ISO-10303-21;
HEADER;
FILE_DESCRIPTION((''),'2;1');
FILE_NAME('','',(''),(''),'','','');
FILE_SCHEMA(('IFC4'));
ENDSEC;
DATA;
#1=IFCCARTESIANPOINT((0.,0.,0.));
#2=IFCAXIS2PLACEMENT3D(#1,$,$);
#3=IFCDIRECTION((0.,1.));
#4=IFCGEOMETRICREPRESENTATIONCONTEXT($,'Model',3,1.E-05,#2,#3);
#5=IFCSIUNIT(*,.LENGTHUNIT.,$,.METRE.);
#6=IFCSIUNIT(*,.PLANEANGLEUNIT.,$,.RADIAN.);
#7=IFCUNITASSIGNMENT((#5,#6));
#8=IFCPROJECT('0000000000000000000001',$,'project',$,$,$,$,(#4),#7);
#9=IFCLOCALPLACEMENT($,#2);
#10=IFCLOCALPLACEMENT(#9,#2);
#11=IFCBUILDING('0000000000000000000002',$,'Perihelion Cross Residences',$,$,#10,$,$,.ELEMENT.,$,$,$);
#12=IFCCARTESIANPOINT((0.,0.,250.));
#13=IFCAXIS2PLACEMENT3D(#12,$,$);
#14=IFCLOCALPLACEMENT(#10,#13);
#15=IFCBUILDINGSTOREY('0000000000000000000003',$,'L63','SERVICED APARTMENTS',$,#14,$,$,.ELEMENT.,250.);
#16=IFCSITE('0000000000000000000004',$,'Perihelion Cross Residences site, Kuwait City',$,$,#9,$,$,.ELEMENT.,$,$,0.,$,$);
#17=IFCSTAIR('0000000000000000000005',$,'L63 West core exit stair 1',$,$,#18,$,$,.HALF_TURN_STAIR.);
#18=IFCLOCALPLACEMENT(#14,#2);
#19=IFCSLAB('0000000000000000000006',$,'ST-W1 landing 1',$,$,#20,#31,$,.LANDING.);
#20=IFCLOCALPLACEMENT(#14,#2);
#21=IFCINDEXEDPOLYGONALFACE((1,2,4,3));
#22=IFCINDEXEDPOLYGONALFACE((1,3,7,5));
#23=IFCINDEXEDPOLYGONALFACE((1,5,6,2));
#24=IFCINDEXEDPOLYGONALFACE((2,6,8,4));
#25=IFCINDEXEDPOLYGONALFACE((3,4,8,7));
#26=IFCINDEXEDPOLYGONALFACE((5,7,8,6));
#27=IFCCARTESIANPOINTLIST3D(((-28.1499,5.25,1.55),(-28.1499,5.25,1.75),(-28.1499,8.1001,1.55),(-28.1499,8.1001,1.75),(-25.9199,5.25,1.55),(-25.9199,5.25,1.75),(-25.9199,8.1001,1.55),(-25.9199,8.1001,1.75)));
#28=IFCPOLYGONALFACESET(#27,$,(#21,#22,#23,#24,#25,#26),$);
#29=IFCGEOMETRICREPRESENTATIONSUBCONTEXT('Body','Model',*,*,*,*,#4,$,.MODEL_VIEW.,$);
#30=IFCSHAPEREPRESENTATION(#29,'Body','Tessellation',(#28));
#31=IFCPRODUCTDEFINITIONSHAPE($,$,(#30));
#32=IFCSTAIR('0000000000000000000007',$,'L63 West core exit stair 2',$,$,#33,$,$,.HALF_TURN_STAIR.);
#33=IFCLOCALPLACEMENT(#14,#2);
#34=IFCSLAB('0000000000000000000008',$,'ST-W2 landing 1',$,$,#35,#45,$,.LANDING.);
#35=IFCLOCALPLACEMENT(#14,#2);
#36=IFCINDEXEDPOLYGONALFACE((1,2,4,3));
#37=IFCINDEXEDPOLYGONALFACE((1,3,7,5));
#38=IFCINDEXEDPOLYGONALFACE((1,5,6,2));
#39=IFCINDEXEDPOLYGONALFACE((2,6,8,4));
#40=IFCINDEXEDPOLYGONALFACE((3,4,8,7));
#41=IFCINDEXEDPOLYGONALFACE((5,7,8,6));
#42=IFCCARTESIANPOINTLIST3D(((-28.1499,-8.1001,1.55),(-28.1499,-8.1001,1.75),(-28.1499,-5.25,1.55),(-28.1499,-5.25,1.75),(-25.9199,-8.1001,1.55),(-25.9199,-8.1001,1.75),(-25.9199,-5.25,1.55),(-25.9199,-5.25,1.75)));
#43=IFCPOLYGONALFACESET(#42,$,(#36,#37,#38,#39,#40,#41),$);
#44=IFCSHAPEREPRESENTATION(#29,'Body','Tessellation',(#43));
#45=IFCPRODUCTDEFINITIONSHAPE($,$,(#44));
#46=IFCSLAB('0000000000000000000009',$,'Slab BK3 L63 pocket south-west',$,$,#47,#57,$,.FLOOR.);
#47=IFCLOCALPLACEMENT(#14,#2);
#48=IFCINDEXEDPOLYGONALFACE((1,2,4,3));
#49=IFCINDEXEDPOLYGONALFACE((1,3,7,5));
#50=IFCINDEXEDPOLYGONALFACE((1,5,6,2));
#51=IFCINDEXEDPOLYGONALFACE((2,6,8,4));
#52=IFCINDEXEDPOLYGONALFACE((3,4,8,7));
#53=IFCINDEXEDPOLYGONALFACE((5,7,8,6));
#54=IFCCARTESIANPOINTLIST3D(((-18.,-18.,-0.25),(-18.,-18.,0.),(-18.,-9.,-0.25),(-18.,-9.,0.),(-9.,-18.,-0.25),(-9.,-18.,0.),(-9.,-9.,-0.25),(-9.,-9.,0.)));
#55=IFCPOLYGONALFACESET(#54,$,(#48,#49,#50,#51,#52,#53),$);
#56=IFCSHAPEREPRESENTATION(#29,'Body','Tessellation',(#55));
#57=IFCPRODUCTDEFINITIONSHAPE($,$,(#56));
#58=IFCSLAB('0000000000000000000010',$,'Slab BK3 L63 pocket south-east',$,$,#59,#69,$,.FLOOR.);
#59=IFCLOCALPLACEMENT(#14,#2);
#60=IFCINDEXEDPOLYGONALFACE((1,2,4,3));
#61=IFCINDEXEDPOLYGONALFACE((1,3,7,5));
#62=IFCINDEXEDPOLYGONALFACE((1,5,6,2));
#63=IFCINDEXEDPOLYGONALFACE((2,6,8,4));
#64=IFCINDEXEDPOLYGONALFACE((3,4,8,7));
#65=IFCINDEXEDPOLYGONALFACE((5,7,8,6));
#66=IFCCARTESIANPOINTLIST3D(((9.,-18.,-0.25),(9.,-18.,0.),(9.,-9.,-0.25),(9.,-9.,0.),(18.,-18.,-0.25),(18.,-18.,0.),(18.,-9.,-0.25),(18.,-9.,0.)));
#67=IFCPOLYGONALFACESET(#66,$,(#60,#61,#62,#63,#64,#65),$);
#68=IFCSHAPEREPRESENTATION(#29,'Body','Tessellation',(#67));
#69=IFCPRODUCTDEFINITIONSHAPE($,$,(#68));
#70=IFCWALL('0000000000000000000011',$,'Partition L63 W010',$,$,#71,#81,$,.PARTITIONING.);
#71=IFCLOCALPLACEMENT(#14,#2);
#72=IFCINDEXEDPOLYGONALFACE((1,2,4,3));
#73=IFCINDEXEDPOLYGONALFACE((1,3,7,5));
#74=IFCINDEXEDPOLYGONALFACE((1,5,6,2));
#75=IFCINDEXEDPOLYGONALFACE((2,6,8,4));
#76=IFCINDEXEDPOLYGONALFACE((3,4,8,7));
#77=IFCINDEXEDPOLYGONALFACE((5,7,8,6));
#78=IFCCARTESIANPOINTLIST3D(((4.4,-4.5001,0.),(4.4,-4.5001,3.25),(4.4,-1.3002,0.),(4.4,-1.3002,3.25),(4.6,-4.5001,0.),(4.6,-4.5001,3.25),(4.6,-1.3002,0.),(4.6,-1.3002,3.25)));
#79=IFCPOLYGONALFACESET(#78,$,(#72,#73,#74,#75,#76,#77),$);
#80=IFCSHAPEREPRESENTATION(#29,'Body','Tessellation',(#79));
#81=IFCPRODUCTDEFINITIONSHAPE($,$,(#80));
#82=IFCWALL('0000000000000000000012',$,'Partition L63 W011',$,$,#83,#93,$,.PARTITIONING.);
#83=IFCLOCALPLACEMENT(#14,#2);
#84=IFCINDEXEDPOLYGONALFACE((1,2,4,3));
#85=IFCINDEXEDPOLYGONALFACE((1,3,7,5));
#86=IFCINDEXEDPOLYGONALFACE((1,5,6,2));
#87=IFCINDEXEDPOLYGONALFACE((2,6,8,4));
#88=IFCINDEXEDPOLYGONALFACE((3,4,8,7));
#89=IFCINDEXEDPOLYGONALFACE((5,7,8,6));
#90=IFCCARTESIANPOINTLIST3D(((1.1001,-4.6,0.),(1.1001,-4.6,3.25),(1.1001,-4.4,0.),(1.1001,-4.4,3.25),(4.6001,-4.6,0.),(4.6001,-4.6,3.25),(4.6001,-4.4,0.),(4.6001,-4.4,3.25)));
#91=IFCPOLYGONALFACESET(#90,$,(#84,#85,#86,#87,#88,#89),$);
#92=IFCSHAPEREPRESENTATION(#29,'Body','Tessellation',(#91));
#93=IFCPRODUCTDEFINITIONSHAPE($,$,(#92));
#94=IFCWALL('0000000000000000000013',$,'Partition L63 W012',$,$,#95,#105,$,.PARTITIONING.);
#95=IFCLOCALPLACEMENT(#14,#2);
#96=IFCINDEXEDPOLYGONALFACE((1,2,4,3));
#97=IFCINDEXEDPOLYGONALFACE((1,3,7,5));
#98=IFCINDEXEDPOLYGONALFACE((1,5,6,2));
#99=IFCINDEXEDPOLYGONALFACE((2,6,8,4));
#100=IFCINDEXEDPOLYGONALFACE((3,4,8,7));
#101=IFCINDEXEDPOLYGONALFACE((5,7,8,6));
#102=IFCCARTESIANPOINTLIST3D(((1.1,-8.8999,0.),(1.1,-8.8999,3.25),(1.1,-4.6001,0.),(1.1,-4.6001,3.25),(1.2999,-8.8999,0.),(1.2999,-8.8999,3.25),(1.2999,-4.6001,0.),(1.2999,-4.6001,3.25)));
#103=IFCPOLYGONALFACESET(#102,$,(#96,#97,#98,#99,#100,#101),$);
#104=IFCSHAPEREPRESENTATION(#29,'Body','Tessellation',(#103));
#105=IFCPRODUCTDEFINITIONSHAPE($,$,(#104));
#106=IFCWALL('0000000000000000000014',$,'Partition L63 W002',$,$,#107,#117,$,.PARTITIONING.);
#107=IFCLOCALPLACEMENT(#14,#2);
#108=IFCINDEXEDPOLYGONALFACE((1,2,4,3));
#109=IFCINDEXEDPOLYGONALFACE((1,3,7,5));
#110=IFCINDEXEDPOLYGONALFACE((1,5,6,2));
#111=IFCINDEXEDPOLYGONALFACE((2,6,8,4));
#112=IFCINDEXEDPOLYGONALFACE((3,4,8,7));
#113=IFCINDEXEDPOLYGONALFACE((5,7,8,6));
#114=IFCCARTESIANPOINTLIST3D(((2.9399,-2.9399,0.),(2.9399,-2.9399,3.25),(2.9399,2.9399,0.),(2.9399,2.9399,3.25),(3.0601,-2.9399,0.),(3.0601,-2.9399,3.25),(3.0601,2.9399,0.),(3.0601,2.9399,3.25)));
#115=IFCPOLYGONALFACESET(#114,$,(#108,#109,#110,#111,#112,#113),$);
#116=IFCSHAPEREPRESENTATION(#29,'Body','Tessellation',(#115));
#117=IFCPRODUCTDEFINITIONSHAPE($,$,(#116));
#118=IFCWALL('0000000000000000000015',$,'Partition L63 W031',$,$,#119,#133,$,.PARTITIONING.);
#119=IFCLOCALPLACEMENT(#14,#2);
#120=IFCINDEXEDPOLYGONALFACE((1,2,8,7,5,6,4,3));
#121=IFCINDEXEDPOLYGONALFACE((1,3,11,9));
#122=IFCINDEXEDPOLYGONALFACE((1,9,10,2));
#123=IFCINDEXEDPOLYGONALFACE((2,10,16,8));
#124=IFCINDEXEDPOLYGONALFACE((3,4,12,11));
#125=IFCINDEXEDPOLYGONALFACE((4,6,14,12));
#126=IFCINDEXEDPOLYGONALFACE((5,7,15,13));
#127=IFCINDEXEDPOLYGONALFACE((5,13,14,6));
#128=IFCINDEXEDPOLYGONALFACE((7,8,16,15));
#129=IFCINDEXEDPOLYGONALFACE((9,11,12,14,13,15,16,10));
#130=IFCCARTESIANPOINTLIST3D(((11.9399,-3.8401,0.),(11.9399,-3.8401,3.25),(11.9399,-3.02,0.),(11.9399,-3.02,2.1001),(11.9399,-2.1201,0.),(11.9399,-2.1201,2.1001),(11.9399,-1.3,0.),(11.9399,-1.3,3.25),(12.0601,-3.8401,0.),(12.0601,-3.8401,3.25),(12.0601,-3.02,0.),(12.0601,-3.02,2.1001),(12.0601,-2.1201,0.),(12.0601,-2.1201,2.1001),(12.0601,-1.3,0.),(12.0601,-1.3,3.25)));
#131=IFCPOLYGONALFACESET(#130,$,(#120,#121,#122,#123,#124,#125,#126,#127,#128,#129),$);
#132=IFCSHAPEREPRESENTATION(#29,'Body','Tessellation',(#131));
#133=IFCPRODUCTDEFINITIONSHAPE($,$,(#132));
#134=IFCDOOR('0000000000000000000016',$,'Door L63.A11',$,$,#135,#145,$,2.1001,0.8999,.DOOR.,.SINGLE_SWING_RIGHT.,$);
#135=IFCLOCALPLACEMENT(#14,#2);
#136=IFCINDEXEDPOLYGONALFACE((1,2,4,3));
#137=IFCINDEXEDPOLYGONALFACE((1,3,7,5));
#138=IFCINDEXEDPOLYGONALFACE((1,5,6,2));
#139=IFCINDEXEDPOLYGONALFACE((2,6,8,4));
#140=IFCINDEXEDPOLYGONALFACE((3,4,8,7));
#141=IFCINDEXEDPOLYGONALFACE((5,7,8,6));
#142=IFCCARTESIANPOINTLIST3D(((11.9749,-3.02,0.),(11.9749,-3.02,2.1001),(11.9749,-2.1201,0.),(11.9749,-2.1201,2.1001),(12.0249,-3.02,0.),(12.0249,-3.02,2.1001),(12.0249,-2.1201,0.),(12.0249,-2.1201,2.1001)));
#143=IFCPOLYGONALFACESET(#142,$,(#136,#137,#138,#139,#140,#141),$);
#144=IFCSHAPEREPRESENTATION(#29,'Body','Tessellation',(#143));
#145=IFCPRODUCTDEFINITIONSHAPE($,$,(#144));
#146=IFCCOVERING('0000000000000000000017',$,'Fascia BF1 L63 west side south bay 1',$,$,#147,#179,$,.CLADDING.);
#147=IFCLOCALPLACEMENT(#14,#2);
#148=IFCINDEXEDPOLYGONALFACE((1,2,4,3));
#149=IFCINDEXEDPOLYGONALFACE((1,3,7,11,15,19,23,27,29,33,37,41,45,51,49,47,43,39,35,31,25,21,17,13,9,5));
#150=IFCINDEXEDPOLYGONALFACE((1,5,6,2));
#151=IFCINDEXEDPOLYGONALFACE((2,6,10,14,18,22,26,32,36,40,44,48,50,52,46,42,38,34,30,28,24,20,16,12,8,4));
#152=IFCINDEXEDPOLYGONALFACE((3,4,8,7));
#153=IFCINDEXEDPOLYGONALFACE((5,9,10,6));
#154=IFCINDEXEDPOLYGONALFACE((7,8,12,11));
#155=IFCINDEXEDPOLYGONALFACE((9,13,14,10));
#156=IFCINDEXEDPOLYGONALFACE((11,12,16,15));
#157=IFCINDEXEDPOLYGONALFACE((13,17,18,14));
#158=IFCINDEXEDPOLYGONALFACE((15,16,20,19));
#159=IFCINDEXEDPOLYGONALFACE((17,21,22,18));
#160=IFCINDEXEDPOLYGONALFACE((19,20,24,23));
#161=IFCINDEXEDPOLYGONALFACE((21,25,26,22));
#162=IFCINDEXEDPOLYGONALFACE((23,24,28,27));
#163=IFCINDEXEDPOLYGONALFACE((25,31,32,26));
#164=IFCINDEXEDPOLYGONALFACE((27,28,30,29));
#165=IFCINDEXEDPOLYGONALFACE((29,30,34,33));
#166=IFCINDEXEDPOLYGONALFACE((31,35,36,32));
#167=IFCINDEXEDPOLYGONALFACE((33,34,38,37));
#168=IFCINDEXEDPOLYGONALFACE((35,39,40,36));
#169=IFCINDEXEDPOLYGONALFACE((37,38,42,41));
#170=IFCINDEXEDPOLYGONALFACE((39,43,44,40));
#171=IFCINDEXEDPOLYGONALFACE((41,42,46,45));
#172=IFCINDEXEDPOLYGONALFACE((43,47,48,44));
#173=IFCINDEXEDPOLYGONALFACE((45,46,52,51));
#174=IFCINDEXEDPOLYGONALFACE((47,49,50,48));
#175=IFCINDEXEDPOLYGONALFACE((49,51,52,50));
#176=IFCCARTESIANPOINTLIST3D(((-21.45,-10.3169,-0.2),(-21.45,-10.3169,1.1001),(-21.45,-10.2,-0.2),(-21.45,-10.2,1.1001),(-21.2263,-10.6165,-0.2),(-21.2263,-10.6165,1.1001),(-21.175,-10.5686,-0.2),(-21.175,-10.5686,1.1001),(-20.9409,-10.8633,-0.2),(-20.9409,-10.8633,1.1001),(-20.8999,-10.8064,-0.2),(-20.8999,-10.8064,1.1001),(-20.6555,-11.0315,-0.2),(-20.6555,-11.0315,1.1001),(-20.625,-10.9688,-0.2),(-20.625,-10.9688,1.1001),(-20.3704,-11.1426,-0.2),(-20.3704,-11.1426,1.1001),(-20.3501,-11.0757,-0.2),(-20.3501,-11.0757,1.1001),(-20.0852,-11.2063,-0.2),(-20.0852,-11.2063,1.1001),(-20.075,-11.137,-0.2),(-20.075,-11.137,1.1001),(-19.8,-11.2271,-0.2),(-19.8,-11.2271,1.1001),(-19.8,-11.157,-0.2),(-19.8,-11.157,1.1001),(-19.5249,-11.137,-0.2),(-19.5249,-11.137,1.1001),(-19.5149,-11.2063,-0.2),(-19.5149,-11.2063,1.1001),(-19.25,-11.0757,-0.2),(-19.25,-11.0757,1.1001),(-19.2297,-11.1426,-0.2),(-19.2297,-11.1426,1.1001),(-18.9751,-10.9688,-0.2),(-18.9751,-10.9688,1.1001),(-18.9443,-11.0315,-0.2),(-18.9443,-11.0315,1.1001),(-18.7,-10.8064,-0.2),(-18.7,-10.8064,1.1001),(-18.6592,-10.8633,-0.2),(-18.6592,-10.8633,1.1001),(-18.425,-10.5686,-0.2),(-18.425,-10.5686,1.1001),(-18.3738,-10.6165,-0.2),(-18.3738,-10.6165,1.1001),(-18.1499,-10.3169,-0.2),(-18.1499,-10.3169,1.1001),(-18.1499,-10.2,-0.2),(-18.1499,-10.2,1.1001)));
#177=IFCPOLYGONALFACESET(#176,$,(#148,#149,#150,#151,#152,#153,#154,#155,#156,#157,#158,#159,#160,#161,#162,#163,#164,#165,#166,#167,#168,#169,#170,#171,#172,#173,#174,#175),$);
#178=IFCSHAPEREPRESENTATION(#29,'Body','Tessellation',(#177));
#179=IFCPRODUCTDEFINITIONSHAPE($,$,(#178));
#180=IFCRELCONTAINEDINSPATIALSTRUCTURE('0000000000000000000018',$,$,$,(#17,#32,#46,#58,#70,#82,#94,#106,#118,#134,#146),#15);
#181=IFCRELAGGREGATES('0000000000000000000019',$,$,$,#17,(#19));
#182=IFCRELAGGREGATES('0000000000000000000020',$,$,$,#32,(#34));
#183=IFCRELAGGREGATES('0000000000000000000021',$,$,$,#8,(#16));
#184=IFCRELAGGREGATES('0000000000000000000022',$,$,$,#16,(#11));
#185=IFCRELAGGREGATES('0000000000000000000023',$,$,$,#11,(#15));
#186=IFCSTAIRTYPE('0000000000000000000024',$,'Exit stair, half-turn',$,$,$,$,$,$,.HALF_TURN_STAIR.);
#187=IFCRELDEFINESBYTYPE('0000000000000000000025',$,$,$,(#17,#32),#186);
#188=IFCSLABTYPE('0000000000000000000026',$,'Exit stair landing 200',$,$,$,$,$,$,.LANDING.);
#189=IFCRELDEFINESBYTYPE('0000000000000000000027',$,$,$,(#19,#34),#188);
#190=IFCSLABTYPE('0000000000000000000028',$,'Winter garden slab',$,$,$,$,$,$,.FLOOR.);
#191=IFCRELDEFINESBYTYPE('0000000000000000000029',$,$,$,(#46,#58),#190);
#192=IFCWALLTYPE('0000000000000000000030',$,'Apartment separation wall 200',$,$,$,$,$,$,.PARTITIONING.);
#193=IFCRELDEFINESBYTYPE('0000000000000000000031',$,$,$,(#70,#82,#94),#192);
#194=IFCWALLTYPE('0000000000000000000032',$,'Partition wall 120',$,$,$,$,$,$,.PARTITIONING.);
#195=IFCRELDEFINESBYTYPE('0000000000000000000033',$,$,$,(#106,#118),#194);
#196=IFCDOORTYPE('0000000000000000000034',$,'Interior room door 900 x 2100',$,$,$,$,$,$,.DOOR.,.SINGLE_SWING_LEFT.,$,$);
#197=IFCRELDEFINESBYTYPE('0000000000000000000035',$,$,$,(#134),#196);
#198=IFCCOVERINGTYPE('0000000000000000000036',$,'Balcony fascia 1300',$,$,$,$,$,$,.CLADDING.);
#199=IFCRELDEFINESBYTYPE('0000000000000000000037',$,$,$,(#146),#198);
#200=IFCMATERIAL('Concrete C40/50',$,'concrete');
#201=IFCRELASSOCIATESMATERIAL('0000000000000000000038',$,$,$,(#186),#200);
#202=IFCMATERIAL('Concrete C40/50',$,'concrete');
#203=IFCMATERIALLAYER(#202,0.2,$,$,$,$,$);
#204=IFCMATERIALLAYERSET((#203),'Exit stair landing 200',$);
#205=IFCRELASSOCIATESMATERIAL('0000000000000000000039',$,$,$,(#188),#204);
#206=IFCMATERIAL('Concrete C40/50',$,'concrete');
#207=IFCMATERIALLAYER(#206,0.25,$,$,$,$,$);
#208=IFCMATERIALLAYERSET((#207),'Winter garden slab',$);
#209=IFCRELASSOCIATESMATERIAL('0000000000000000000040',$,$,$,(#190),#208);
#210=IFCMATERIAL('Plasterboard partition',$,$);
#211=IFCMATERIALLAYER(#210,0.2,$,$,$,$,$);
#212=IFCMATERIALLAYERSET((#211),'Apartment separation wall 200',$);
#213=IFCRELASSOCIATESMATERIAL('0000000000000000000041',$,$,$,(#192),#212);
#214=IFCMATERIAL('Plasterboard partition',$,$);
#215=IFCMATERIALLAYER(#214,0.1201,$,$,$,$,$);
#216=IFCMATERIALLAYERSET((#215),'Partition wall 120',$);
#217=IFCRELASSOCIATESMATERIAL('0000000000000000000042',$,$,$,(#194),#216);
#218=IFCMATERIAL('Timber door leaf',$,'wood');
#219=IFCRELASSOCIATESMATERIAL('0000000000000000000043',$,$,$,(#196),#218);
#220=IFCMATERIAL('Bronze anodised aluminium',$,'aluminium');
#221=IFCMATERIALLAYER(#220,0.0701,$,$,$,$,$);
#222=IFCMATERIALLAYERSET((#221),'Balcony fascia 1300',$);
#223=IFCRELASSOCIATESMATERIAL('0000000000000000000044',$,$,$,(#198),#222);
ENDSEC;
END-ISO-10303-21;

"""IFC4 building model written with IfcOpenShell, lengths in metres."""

from ifc_helpers import new_model, si_unit, direction, frame, frame_2d, origin, place, context, subcontext, project, spatial, polyline, rectangle, outline, extrude, material, layer, layer_set, type_object, element, fill, aggregate, save


model = new_model("IFC4")

# Units and contexts
model_context = context("Model", 3, precision=1e-05, world=origin(), true_north=direction((0.0, 1.0)))
body_context = subcontext(model_context, "Body", "Model", "MODEL_VIEW")
ifc_project = project(units=[si_unit("LENGTHUNIT", "METRE"), si_unit("PLANEANGLEUNIT", "RADIAN")], contexts=[model_context])

# Site, building, storey
site_placement = place(None, origin())
site = spatial("IfcSite", under=ifc_project, at=site_placement, Name="Perihelion Cross Residences site, Kuwait City", CompositionType="ELEMENT", RefElevation=0.0)
building_placement = place(site_placement, origin())
building = spatial("IfcBuilding", under=site, at=building_placement, Name="Perihelion Cross Residences", CompositionType="ELEMENT")
storey_placement = place(building_placement, frame((0.0, 0.0, 250.0)))
storey = spatial("IfcBuildingStorey", under=building, at=storey_placement, Name="L63", Description="SERVICED APARTMENTS", CompositionType="ELEMENT", Elevation=250.0)

# Stairs, slabs
ifc_material_1 = material(Name="Concrete C40/50", Category="concrete")
stair_type = type_object("IfcStairType", Name="Exit stair, half-turn", PredefinedType="HALF_TURN_STAIR", material=ifc_material_1)
ifc_material_2 = material(Name="Concrete C40/50", Category="concrete")
ifc_layer_1 = layer(ifc_material_2, 0.2)
ifc_layer_set_1 = layer_set([ifc_layer_1], Name="Exit stair landing 200")
slab_type_1 = type_object("IfcSlabType", Name="Exit stair landing 200", PredefinedType="LANDING", material=ifc_layer_set_1)
stair_1_placement = place(storey_placement, origin())
stair_1 = element("IfcStair", 1, at=stair_1_placement, inside=storey, type_object=stair_type, Name="L63 West core exit stair 1", PredefinedType="HALF_TURN_STAIR")
slab_1_placement = place(storey_placement, frame((0.0, 0.0, 1.55)))
slab_1 = element("IfcSlab", 2, at=slab_1_placement, type_object=slab_type_1, Name="ST-W1 landing 1", PredefinedType="LANDING", context=body_context, shape_type="SweptSolid", body=[
    extrude(outline(polyline([(-25.9199, 8.1001), (-28.1499, 8.1001), (-28.1499, 5.25), (-25.9199, 5.25), (-25.9199, 8.1001)])), origin(), (0.0, 0.0, 1.0), 0.2),
])
aggregate(stair_1, [slab_1])
stair_2_placement = place(storey_placement, origin())
stair_2 = element("IfcStair", 3, at=stair_2_placement, inside=storey, type_object=stair_type, Name="L63 West core exit stair 2", PredefinedType="HALF_TURN_STAIR")
slab_2_placement = place(storey_placement, frame((0.0, 0.0, 1.55)))
slab_2 = element("IfcSlab", 4, at=slab_2_placement, type_object=slab_type_1, Name="ST-W2 landing 1", PredefinedType="LANDING", context=body_context, shape_type="SweptSolid", body=[
    extrude(outline(polyline([(-25.9199, -5.25), (-28.1499, -5.25), (-28.1499, -8.1001), (-25.9199, -8.1001), (-25.9199, -5.25)])), origin(), (0.0, 0.0, 1.0), 0.2),
])
aggregate(stair_2, [slab_2])

# Slabs
ifc_material_3 = material(Name="Concrete C40/50", Category="concrete")
ifc_layer_2 = layer(ifc_material_3, 0.25)
ifc_layer_set_2 = layer_set([ifc_layer_2], Name="Winter garden slab")
slab_type_2 = type_object("IfcSlabType", Name="Winter garden slab", PredefinedType="FLOOR", material=ifc_layer_set_2)
slab_3_placement = place(storey_placement, frame((0.0, 0.0, -0.25)))
element("IfcSlab", 5, at=slab_3_placement, inside=storey, type_object=slab_type_2, Name="Slab BK3 L63 pocket south-west", PredefinedType="FLOOR", context=body_context, shape_type="SweptSolid", body=[
    extrude(outline(polyline([(-9.0, -18.0), (-9.0, -9.0), (-18.0, -9.0), (-18.0, -18.0), (-9.0, -18.0)])), origin(), (0.0, 0.0, 1.0), 0.25),
])
slab_4_placement = place(storey_placement, frame((0.0, 0.0, -0.25)))
element("IfcSlab", 6, at=slab_4_placement, inside=storey, type_object=slab_type_2, Name="Slab BK3 L63 pocket south-east", PredefinedType="FLOOR", context=body_context, shape_type="SweptSolid", body=[
    extrude(outline(polyline([(18.0, -18.0), (18.0, -9.0), (9.0, -9.0), (9.0, -18.0), (18.0, -18.0)])), origin(), (0.0, 0.0, 1.0), 0.25),
])

# Walls
ifc_material_4 = material(Name="Plasterboard partition")
ifc_layer_3 = layer(ifc_material_4, 0.2)
ifc_layer_set_3 = layer_set([ifc_layer_3], Name="Apartment separation wall 200")
wall_type_1 = type_object("IfcWallType", Name="Apartment separation wall 200", PredefinedType="PARTITIONING", material=ifc_layer_set_3)
wall_1_placement = place(storey_placement, frame((4.5, -1.3, 0.0), z_axis=(0.0, 0.0, 1.0), x_axis=(0.0, -1.0, 0.0)))
element("IfcWall", 7, at=wall_1_placement, inside=storey, type_object=wall_type_1, Name="Partition L63 W010", PredefinedType="PARTITIONING", context=body_context, shape_type="SweptSolid", body=[
    extrude(rectangle(XDim=3.2, YDim=0.2, at=frame_2d((1.6001, 0.0))), origin(), (0.0, 0.0, 1.0), 3.25),
])
wall_2_placement = place(storey_placement, frame((4.6001, -4.5, 0.0), z_axis=(0.0, 0.0, 1.0), x_axis=(-1.0, 0.0, 0.0)))
element("IfcWall", 8, at=wall_2_placement, inside=storey, type_object=wall_type_1, Name="Partition L63 W011", PredefinedType="PARTITIONING", context=body_context, shape_type="SweptSolid", body=[
    extrude(rectangle(XDim=3.5, YDim=0.2, at=frame_2d((1.75, 0.0))), origin(), (0.0, 0.0, 1.0), 3.25),
])
wall_3_placement = place(storey_placement, frame((1.2, -4.6001, 0.0), z_axis=(0.0, 0.0, 1.0), x_axis=(0.0, -1.0, 0.0)))
element("IfcWall", 9, at=wall_3_placement, inside=storey, type_object=wall_type_1, Name="Partition L63 W012", PredefinedType="PARTITIONING", context=body_context, shape_type="SweptSolid", body=[
    extrude(rectangle(XDim=4.2998, YDim=0.2, at=frame_2d((2.1499, 0.0))), origin(), (0.0, 0.0, 1.0), 3.25),
])
ifc_material_5 = material(Name="Plasterboard partition")
ifc_layer_4 = layer(ifc_material_5, 0.1201)
ifc_layer_set_4 = layer_set([ifc_layer_4], Name="Partition wall 120")
wall_type_2 = type_object("IfcWallType", Name="Partition wall 120", PredefinedType="PARTITIONING", material=ifc_layer_set_4)
wall_4_placement = place(storey_placement, frame((3.0, -2.9399, 0.0), z_axis=(0.0, 0.0, 1.0), x_axis=(0.0, 1.0, 0.0)))
element("IfcWall", 10, at=wall_4_placement, inside=storey, type_object=wall_type_2, Name="Partition L63 W002", PredefinedType="PARTITIONING", context=body_context, shape_type="SweptSolid", body=[
    extrude(rectangle(XDim=5.8799, YDim=0.1201, at=frame_2d((2.9399, 0.0))), origin(), (0.0, 0.0, 1.0), 3.25),
])

# Wall, opening, door
wall_5_placement = place(storey_placement, frame((12.0, -1.3, 0.0), z_axis=(0.0, 0.0, 1.0), x_axis=(0.0, -1.0, 0.0)))
wall_5 = element("IfcWall", 11, at=wall_5_placement, inside=storey, type_object=wall_type_2, Name="Partition L63 W031", PredefinedType="PARTITIONING", context=body_context, shape_type="SweptSolid", body=[
    extrude(rectangle(XDim=2.54, YDim=0.1201, at=frame_2d((1.27, 0.0))), origin(), (0.0, 0.0, 1.0), 3.25),
])
opening_placement = place(wall_5_placement, frame((0.8201, 0.0, 0.0)))
opening = element("IfcOpeningElement", 12, at=opening_placement, cuts=wall_5, PredefinedType="OPENING", context=body_context, shape_type="SweptSolid", body=[
    extrude(rectangle(XDim=0.8999, YDim=2.1001, at=frame_2d((0.45, 1.05))), frame((0.0, 0.0701, 0.0), z_axis=(0.0, -1.0, 0.0), x_axis=(1.0, 0.0, 0.0)), (0.0, 0.0, 1.0), 0.1401),
])
ifc_material_6 = material(Name="Timber door leaf", Category="wood")
door_type = type_object("IfcDoorType", Name="Interior room door 900 x 2100", OperationType="SINGLE_SWING_LEFT", PredefinedType="DOOR", material=ifc_material_6)
door_placement = place(opening_placement, origin())
door = element("IfcDoor", 13, at=door_placement, inside=storey, type_object=door_type, Name="Door L63.A11", OperationType="SINGLE_SWING_RIGHT", OverallHeight=2.1001, OverallWidth=0.8999, PredefinedType="DOOR", context=body_context, shape_type="SweptSolid", body=[
    extrude(rectangle(XDim=0.8999, YDim=2.1001, at=frame_2d((0.45, 1.05))), frame((0.0, 0.0249, 0.0), z_axis=(0.0, -1.0, 0.0), x_axis=(1.0, 0.0, 0.0)), (0.0, 0.0, 1.0), 0.05),
])
fill(opening, door)

# Covering
ifc_material_7 = material(Name="Bronze anodised aluminium", Category="aluminium")
ifc_layer_5 = layer(ifc_material_7, 0.0701)
ifc_layer_set_5 = layer_set([ifc_layer_5], Name="Balcony fascia 1300")
covering_type = type_object("IfcCoveringType", Name="Balcony fascia 1300", PredefinedType="CLADDING", material=ifc_layer_set_5)
covering_1_placement = place(storey_placement, frame((0.0, 0.0, -0.2)))
element("IfcCovering", 14, at=covering_1_placement, inside=storey, type_object=covering_type, Name="Fascia BF1 L63 west side south bay 1", PredefinedType="CLADDING", context=body_context, shape_type="SweptSolid", body=[
    extrude(outline(polyline([(-21.2263, -10.6165), (-20.9409, -10.8633), (-20.6555, -11.0315), (-20.3704, -11.1426), (-20.0852, -11.2063), (-19.8, -11.2271), (-19.5149, -11.2063), (-19.2297, -11.1426), (-18.9443, -11.0315), (-18.6592, -10.8633), (-18.3738, -10.6165), (-18.1499, -10.3169), (-18.1499, -10.2), (-18.425, -10.5686), (-18.7, -10.8064), (-18.9751, -10.9688), (-19.25, -11.0757), (-19.5249, -11.137), (-19.8, -11.157), (-20.075, -11.137), (-20.3501, -11.0757), (-20.625, -10.9688), (-20.8999, -10.8064), (-21.175, -10.5686), (-21.45, -10.2), (-21.45, -10.3169), (-21.2263, -10.6165)])), origin(), (0.0, 0.0, 1.0), 1.3),
])

save(model, "model.ifc")
